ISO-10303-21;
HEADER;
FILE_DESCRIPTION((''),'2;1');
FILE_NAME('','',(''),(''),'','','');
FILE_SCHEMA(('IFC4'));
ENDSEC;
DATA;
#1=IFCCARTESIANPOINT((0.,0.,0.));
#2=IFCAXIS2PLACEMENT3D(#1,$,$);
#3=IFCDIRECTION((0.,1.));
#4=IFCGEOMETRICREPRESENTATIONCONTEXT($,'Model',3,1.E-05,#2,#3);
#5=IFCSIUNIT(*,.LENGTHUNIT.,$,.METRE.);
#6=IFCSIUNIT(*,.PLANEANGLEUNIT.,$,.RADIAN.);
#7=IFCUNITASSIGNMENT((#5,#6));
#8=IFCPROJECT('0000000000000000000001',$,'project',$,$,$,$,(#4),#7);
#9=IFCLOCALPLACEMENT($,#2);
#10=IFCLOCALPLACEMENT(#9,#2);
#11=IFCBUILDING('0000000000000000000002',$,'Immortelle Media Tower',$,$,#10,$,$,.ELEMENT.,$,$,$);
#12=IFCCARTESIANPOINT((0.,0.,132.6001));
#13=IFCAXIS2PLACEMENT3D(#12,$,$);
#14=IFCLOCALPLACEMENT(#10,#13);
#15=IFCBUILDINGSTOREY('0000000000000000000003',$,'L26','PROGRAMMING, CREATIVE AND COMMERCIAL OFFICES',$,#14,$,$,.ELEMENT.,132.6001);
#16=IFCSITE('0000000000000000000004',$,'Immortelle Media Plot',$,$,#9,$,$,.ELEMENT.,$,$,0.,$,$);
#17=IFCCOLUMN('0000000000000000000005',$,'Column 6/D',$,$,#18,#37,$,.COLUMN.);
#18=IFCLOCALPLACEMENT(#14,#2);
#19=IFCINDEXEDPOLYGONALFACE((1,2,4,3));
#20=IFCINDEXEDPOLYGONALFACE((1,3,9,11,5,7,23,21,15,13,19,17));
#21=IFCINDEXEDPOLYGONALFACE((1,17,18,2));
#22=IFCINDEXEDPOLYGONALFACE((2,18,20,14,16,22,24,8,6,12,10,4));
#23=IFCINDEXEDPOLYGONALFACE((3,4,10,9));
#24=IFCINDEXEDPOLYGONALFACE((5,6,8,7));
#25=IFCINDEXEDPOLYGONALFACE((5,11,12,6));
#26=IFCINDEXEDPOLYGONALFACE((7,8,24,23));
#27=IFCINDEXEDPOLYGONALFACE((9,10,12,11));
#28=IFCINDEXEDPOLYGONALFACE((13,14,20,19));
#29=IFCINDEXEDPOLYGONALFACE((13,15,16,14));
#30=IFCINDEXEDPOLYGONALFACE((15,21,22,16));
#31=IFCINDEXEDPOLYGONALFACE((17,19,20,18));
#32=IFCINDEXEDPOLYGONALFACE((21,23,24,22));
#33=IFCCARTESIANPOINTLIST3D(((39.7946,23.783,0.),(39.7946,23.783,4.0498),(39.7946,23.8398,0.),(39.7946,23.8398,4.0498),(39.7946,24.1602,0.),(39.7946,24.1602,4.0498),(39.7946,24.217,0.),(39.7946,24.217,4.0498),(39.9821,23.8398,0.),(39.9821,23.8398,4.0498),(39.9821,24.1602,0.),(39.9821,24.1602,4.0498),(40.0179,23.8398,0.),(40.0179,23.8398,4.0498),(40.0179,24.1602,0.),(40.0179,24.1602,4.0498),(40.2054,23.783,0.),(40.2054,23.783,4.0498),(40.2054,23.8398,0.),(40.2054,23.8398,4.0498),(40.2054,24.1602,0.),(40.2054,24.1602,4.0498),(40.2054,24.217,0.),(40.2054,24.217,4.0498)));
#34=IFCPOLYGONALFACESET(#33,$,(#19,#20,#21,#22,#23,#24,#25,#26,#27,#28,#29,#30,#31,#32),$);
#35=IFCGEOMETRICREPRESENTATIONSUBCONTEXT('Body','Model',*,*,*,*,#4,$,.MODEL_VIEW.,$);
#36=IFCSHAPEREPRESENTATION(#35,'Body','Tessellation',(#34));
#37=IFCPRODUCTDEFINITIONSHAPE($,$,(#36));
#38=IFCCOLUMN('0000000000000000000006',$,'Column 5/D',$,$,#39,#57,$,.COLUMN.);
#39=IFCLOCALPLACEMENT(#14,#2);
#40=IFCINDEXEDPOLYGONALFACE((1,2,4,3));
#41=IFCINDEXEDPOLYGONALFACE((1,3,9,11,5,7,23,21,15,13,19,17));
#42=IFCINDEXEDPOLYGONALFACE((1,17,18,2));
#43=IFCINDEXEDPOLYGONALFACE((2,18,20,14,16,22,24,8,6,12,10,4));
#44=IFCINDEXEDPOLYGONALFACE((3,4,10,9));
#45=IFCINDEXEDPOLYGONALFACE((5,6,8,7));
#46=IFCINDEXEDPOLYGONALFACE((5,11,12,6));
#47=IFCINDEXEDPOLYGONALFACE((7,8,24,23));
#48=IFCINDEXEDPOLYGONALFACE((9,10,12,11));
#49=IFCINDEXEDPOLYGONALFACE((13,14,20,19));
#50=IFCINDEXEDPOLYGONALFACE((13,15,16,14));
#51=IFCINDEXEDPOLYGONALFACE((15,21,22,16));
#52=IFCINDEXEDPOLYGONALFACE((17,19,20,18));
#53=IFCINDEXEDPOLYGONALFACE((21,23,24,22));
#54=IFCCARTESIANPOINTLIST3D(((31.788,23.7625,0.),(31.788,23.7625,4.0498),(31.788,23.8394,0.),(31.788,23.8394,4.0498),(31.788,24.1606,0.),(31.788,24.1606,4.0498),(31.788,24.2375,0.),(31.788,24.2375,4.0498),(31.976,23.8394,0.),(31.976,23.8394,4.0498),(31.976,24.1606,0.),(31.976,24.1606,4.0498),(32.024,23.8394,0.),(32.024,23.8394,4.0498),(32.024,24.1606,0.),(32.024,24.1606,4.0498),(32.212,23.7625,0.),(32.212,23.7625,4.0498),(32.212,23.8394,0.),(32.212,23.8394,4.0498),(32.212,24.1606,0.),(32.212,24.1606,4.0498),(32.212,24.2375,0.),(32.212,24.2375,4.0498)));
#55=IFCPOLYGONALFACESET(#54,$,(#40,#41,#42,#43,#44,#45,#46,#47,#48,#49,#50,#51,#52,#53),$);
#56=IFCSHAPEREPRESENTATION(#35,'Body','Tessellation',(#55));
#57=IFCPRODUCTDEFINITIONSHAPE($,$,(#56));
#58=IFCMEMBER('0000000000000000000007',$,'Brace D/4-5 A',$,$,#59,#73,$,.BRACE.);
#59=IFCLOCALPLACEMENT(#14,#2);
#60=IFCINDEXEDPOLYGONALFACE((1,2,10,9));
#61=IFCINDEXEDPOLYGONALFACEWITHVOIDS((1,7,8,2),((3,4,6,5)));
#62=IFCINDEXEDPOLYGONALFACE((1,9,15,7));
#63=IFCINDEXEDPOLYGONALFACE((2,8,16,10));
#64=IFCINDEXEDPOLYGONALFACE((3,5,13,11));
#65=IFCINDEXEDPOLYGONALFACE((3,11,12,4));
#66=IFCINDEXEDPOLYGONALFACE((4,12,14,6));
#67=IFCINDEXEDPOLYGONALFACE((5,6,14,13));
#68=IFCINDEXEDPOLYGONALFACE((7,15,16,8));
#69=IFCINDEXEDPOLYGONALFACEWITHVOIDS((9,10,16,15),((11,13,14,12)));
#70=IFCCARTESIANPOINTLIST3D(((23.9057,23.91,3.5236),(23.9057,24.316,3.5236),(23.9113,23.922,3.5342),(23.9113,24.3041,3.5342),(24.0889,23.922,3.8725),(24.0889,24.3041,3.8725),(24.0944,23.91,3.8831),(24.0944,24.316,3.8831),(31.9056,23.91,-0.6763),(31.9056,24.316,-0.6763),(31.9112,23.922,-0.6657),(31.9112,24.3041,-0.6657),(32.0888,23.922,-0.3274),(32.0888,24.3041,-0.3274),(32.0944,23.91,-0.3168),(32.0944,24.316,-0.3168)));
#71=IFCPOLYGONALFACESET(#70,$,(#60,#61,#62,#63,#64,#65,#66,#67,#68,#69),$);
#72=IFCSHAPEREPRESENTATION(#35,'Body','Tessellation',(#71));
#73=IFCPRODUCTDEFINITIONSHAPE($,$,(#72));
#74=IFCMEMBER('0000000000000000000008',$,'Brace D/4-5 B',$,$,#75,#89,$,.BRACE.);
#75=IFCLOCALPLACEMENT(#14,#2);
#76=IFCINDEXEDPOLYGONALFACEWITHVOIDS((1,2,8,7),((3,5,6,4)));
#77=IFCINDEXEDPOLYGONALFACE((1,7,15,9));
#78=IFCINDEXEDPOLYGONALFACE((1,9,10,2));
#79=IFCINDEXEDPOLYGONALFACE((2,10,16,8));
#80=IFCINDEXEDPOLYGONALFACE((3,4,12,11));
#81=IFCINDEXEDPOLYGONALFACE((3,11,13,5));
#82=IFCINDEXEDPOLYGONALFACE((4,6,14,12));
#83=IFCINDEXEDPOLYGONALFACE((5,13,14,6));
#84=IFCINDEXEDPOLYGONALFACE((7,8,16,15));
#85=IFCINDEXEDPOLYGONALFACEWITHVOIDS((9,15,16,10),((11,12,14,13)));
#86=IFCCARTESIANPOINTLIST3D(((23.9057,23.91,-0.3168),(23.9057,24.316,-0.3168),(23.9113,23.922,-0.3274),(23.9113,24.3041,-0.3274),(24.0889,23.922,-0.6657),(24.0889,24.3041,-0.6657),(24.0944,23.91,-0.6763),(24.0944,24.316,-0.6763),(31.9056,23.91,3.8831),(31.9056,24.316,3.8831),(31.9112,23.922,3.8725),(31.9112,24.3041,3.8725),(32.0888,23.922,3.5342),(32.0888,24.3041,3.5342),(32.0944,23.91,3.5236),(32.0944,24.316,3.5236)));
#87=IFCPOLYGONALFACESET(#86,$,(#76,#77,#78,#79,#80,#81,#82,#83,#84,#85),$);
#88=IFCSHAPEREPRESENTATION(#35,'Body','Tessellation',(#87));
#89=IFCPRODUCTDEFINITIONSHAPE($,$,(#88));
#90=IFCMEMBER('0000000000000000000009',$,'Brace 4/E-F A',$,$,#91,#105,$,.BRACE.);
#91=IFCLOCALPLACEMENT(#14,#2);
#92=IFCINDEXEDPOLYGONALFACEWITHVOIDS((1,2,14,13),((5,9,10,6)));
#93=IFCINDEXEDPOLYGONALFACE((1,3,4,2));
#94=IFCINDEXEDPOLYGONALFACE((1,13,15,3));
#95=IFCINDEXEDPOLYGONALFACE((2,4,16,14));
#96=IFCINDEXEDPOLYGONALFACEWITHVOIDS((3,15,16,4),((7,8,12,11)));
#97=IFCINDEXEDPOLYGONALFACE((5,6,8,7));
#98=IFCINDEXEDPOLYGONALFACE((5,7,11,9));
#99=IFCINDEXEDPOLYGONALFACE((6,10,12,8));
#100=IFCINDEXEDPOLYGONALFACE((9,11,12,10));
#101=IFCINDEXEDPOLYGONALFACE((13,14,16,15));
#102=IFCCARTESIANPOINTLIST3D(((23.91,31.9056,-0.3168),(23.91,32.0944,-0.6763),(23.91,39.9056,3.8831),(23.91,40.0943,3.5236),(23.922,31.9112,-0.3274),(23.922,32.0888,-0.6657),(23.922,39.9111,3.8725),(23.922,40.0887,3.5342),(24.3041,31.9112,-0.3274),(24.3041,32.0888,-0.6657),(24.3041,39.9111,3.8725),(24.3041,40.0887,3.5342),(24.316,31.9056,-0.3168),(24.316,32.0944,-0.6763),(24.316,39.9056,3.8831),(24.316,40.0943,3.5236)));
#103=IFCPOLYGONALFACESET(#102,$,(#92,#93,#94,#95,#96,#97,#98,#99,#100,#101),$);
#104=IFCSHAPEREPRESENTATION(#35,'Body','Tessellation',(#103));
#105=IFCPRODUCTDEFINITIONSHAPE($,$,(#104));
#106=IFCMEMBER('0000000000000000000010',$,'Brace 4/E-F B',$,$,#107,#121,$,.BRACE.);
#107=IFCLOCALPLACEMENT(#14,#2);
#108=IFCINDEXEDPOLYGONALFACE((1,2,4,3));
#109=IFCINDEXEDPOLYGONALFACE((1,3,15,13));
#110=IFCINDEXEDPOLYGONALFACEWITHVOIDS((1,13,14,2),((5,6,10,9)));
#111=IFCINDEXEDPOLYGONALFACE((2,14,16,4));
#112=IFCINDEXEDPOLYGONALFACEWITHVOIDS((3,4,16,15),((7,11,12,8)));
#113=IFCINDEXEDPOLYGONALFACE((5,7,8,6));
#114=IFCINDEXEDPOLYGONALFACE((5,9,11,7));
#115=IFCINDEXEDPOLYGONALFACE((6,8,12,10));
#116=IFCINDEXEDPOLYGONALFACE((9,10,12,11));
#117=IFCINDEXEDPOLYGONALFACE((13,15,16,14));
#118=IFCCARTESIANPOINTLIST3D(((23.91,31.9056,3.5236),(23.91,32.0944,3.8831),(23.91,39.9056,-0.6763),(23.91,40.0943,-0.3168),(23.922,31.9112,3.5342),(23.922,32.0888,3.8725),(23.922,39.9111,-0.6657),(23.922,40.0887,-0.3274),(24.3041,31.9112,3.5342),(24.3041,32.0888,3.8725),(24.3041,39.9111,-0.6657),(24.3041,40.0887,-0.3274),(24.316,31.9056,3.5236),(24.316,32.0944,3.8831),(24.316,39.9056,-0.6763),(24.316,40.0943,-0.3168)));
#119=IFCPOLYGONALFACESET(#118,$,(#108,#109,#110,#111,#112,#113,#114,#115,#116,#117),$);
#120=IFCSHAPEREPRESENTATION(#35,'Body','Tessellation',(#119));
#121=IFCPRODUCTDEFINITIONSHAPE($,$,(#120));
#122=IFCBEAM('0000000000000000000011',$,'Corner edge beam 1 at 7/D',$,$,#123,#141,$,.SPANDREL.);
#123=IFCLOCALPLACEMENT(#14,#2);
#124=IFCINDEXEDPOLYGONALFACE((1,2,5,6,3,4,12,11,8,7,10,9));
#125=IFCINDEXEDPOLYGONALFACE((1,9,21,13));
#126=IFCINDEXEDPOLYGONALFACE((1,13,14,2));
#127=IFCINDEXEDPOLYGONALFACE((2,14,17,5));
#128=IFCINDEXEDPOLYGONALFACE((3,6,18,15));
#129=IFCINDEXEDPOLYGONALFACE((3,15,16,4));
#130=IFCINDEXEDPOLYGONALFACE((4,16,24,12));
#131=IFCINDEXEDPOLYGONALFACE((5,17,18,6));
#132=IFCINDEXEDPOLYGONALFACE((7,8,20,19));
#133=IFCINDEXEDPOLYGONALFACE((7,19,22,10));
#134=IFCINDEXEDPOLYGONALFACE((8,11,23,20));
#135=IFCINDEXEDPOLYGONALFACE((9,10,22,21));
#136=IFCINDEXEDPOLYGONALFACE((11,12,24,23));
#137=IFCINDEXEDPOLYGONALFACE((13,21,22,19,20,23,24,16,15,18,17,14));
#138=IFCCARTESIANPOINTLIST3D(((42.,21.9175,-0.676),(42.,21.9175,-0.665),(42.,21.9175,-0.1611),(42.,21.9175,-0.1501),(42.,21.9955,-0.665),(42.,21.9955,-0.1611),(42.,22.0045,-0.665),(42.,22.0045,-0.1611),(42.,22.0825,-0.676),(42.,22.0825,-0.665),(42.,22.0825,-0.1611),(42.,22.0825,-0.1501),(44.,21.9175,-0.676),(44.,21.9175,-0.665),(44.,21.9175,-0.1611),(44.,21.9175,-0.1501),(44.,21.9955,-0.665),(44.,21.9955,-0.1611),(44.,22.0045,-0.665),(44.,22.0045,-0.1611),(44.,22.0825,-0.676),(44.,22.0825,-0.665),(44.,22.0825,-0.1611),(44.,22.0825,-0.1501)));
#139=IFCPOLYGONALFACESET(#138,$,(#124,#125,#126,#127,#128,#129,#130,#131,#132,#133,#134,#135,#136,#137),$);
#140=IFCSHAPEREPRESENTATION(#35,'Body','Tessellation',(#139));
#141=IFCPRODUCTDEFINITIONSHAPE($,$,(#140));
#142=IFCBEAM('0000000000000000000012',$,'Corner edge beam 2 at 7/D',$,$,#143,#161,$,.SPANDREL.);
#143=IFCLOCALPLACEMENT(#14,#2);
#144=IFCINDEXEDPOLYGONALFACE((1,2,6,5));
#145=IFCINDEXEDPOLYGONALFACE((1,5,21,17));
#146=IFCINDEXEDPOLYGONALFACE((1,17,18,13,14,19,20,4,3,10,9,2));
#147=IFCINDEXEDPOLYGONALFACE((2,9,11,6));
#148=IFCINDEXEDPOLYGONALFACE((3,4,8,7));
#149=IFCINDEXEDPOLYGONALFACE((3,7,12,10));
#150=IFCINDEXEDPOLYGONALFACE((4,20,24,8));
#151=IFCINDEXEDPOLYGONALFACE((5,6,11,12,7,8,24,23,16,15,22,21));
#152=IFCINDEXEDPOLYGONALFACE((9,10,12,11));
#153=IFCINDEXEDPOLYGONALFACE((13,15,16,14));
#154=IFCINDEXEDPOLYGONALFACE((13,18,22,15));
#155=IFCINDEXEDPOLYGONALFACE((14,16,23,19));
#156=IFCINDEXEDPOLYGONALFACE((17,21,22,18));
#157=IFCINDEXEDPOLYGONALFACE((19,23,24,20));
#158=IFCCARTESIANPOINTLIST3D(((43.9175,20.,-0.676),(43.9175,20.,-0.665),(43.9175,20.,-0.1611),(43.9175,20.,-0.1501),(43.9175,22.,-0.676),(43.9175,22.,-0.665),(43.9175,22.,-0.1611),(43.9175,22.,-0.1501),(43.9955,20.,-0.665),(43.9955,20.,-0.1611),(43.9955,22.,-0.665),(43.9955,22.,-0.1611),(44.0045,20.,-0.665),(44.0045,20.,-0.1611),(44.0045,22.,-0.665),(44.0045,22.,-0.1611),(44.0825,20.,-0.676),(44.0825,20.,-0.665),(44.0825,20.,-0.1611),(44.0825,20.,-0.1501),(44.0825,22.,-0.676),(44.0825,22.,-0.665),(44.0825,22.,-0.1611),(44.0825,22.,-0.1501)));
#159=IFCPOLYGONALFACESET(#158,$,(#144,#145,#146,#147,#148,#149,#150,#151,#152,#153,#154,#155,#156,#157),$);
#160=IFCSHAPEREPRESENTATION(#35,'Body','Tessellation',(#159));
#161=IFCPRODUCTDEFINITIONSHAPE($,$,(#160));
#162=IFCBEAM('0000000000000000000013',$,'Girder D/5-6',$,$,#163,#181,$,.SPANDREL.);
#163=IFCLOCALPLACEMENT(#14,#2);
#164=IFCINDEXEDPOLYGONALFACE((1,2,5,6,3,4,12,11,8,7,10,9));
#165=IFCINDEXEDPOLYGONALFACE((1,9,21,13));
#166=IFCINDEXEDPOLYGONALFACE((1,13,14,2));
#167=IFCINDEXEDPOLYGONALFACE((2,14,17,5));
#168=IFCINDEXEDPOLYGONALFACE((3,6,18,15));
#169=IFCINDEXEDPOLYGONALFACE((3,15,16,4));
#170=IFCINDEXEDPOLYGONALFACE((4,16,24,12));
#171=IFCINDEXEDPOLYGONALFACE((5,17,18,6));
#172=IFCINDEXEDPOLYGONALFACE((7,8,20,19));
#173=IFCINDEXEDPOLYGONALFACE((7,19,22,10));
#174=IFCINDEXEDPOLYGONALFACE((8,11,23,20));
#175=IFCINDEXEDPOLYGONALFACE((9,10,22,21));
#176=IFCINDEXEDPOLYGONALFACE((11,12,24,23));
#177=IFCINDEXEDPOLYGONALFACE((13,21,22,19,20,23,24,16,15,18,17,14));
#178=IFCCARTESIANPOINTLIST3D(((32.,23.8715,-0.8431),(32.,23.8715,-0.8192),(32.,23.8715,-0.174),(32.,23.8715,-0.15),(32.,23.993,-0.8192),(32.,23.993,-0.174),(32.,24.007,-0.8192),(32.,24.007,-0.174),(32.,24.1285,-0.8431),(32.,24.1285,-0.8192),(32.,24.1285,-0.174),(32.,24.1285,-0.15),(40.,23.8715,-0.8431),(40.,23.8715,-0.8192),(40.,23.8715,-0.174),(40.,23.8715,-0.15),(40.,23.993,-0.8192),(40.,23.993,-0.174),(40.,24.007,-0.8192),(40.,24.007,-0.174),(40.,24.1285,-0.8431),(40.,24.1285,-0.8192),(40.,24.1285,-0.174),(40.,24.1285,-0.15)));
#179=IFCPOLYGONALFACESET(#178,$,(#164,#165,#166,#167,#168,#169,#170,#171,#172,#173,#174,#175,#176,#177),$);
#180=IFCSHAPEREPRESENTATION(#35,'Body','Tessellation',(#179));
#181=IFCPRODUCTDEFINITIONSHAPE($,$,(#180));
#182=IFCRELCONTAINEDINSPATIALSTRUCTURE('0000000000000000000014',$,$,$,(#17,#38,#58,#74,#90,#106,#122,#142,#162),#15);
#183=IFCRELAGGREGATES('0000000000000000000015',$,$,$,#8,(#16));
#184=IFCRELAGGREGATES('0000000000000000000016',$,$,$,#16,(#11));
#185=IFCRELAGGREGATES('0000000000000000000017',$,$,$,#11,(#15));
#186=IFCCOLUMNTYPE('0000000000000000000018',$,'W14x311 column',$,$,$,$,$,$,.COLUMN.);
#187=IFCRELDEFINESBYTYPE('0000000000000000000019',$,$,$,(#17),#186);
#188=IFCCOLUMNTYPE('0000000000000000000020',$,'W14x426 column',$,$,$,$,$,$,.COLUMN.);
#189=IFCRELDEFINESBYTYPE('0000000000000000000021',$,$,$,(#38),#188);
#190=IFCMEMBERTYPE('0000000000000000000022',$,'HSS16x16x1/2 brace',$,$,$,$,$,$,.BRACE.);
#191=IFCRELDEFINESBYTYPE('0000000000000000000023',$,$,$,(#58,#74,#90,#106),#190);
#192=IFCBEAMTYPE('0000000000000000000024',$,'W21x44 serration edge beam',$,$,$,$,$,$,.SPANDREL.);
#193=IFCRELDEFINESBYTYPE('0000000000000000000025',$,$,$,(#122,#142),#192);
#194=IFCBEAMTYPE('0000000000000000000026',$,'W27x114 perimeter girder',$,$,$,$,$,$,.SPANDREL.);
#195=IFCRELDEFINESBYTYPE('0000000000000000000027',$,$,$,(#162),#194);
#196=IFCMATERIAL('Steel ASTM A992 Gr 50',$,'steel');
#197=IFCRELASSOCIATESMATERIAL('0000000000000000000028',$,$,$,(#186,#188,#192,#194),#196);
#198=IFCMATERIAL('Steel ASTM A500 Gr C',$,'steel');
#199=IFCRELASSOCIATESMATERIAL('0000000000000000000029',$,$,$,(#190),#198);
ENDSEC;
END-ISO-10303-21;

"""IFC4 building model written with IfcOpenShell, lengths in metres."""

from ifc_helpers import new_model, si_unit, direction, frame, origin, origin_2d, place, context, subcontext, project, spatial, hollow_rectangle, i_section, extrude, material, material_profile, profile_set, type_object, element, save


model = new_model("IFC4")

# Units and contexts
model_context = context("Model", 3, precision=1e-05, world=origin(), true_north=direction((0.0, 1.0)))
body_context = subcontext(model_context, "Body", "Model", "MODEL_VIEW")
ifc_project = project(units=[si_unit("LENGTHUNIT", "METRE"), si_unit("PLANEANGLEUNIT", "RADIAN")], contexts=[model_context])

# Site, building, storey
site_placement = place(None, origin())
site = spatial("IfcSite", under=ifc_project, at=site_placement, Name="Immortelle Media Plot", CompositionType="ELEMENT", RefElevation=0.0)
building_placement = place(site_placement, origin())
building = spatial("IfcBuilding", under=site, at=building_placement, Name="Immortelle Media Tower", CompositionType="ELEMENT")
storey_placement = place(building_placement, frame((0.0, 0.0, 132.6001)))
storey = spatial("IfcBuildingStorey", under=building, at=storey_placement, Name="L26", Description="PROGRAMMING, CREATIVE AND COMMERCIAL OFFICES", CompositionType="ELEMENT", Elevation=132.6001)

# Columns
ifc_material_1 = material(Name="Steel ASTM A992 Gr 50", Category="steel")
ifc_material_profile_1 = material_profile(ifc_material_1, i_section(OverallWidth=0.4109, OverallDepth=0.4341, WebThickness=0.0359, FlangeThickness=0.0569, at=origin_2d()), Name="W14x311")
ifc_profile_set_1 = profile_set([ifc_material_profile_1], Name="Steel ASTM A992 Gr 50")
column_type_1 = type_object("IfcColumnType", Name="W14x311 column", PredefinedType="COLUMN", material=ifc_profile_set_1)
column_1_placement = place(storey_placement, frame((40.0, 24.0, 0.0), z_axis=(0.0, 0.0, 1.0), x_axis=(1.0, 0.0, 0.0)))
element("IfcColumn", 1, at=column_1_placement, inside=storey, type_object=column_type_1, Name="Column 6/D", PredefinedType="COLUMN", context=body_context, shape_type="SweptSolid", body=[
    extrude(i_section(OverallWidth=0.4109, OverallDepth=0.4341, WebThickness=0.0359, FlangeThickness=0.0569, at=origin_2d()), origin(), (0.0, 0.0, 1.0), 4.0498),
])
ifc_material_profile_2 = material_profile(ifc_material_1, i_section(OverallWidth=0.4241, OverallDepth=0.4751, WebThickness=0.0481, FlangeThickness=0.0769, at=origin_2d()), Name="W14x426")
ifc_profile_set_2 = profile_set([ifc_material_profile_2], Name="Steel ASTM A992 Gr 50")
column_type_2 = type_object("IfcColumnType", Name="W14x426 column", PredefinedType="COLUMN", material=ifc_profile_set_2)
column_2_placement = place(storey_placement, frame((32.0, 24.0, 0.0), z_axis=(0.0, 0.0, 1.0), x_axis=(1.0, 0.0, 0.0)))
element("IfcColumn", 2, at=column_2_placement, inside=storey, type_object=column_type_2, Name="Column 5/D", PredefinedType="COLUMN", context=body_context, shape_type="SweptSolid", body=[
    extrude(i_section(OverallWidth=0.4241, OverallDepth=0.4751, WebThickness=0.0481, FlangeThickness=0.0769, at=origin_2d()), origin(), (0.0, 0.0, 1.0), 4.0498),
])

# Members
ifc_material_2 = material(Name="Steel ASTM A500 Gr C", Category="steel")
ifc_material_profile_3 = material_profile(ifc_material_2, hollow_rectangle(XDim=0.406, YDim=0.406, WallThickness=0.012, at=origin_2d()), Name="HSS16x16x1/2 brace")
ifc_profile_set_3 = profile_set([ifc_material_profile_3], Name="Steel ASTM A500 Gr C")
member_type = type_object("IfcMemberType", Name="HSS16x16x1/2 brace", PredefinedType="BRACE", material=ifc_profile_set_3)
for number, where, z_axis, x_axis, name in (
    (3, (32.0, 24.113, -0.4966), (-0.8854, 0.0, 0.46483), (0.0, -1.0, 0.0), "Brace D/4-5 A"),
    (4, (32.0, 24.113, 3.7034), (-0.8854, 0.0, -0.46483), (0.0, -1.0, 0.0), "Brace D/4-5 B"),
    (5, (24.113, 32.0, -0.4966), (0.0, 0.8854, 0.46483), (-1.0, 0.0, 0.0), "Brace 4/E-F A"),
    (6, (24.113, 32.0, 3.7034), (0.0, 0.8854, -0.46483), (-1.0, 0.0, 0.0), "Brace 4/E-F B"),
):
    element("IfcMember", number, at=place(storey_placement, frame(where, z_axis=z_axis, x_axis=x_axis)), inside=storey, type_object=member_type, Name=name, PredefinedType="BRACE", context=body_context, shape_type="SweptSolid", body=[
        extrude(hollow_rectangle(XDim=0.406, YDim=0.406, WallThickness=0.012, at=origin_2d()), origin(), (0.0, 0.0, 1.0), 9.0354),
    ])

# Beams
ifc_material_profile_4 = material_profile(ifc_material_1, i_section(OverallWidth=0.165, OverallDepth=0.5259, WebThickness=0.009, FlangeThickness=0.011, at=origin_2d()), Name="W21x44")
ifc_profile_set_4 = profile_set([ifc_material_profile_4], Name="Steel ASTM A992 Gr 50")
beam_type_1 = type_object("IfcBeamType", Name="W21x44 serration edge beam", PredefinedType="SPANDREL", material=ifc_profile_set_4)
for number, where, z_axis, x_axis, name in (
    (7, (42.0, 22.0, -0.4131), (1.0, 0.0, 0.0), (0.0, 1.0, 0.0), "Corner edge beam 1 at 7/D"),
    (8, (44.0, 22.0, -0.4131), (0.0, -1.0, 0.0), (1.0, 0.0, 0.0), "Corner edge beam 2 at 7/D"),
):
    element("IfcBeam", number, at=place(storey_placement, frame(where, z_axis=z_axis, x_axis=x_axis)), inside=storey, type_object=beam_type_1, Name=name, PredefinedType="SPANDREL", context=body_context, shape_type="SweptSolid", body=[
        extrude(i_section(OverallWidth=0.165, OverallDepth=0.5259, WebThickness=0.009, FlangeThickness=0.011, at=origin_2d()), origin(), (0.0, 0.0, 1.0), 2.0),
    ])
ifc_material_profile_5 = material_profile(ifc_material_1, i_section(OverallWidth=0.2571, OverallDepth=0.6931, WebThickness=0.0139, FlangeThickness=0.0239, at=origin_2d()), Name="W27x114")
ifc_profile_set_5 = profile_set([ifc_material_profile_5], Name="Steel ASTM A992 Gr 50")
beam_type_2 = type_object("IfcBeamType", Name="W27x114 perimeter girder", PredefinedType="SPANDREL", material=ifc_profile_set_5)
beam_1_placement = place(storey_placement, frame((32.0, 24.0, -0.4966), z_axis=(1.0, 0.0, 0.0), x_axis=(0.0, 1.0, 0.0)))
element("IfcBeam", 9, at=beam_1_placement, inside=storey, type_object=beam_type_2, Name="Girder D/5-6", PredefinedType="SPANDREL", context=body_context, shape_type="SweptSolid", body=[
    extrude(i_section(OverallWidth=0.2571, OverallDepth=0.6931, WebThickness=0.0139, FlangeThickness=0.0239, at=origin_2d()), origin(), (0.0, 0.0, 1.0), 8.0),
])

save(model, "model.ifc")
